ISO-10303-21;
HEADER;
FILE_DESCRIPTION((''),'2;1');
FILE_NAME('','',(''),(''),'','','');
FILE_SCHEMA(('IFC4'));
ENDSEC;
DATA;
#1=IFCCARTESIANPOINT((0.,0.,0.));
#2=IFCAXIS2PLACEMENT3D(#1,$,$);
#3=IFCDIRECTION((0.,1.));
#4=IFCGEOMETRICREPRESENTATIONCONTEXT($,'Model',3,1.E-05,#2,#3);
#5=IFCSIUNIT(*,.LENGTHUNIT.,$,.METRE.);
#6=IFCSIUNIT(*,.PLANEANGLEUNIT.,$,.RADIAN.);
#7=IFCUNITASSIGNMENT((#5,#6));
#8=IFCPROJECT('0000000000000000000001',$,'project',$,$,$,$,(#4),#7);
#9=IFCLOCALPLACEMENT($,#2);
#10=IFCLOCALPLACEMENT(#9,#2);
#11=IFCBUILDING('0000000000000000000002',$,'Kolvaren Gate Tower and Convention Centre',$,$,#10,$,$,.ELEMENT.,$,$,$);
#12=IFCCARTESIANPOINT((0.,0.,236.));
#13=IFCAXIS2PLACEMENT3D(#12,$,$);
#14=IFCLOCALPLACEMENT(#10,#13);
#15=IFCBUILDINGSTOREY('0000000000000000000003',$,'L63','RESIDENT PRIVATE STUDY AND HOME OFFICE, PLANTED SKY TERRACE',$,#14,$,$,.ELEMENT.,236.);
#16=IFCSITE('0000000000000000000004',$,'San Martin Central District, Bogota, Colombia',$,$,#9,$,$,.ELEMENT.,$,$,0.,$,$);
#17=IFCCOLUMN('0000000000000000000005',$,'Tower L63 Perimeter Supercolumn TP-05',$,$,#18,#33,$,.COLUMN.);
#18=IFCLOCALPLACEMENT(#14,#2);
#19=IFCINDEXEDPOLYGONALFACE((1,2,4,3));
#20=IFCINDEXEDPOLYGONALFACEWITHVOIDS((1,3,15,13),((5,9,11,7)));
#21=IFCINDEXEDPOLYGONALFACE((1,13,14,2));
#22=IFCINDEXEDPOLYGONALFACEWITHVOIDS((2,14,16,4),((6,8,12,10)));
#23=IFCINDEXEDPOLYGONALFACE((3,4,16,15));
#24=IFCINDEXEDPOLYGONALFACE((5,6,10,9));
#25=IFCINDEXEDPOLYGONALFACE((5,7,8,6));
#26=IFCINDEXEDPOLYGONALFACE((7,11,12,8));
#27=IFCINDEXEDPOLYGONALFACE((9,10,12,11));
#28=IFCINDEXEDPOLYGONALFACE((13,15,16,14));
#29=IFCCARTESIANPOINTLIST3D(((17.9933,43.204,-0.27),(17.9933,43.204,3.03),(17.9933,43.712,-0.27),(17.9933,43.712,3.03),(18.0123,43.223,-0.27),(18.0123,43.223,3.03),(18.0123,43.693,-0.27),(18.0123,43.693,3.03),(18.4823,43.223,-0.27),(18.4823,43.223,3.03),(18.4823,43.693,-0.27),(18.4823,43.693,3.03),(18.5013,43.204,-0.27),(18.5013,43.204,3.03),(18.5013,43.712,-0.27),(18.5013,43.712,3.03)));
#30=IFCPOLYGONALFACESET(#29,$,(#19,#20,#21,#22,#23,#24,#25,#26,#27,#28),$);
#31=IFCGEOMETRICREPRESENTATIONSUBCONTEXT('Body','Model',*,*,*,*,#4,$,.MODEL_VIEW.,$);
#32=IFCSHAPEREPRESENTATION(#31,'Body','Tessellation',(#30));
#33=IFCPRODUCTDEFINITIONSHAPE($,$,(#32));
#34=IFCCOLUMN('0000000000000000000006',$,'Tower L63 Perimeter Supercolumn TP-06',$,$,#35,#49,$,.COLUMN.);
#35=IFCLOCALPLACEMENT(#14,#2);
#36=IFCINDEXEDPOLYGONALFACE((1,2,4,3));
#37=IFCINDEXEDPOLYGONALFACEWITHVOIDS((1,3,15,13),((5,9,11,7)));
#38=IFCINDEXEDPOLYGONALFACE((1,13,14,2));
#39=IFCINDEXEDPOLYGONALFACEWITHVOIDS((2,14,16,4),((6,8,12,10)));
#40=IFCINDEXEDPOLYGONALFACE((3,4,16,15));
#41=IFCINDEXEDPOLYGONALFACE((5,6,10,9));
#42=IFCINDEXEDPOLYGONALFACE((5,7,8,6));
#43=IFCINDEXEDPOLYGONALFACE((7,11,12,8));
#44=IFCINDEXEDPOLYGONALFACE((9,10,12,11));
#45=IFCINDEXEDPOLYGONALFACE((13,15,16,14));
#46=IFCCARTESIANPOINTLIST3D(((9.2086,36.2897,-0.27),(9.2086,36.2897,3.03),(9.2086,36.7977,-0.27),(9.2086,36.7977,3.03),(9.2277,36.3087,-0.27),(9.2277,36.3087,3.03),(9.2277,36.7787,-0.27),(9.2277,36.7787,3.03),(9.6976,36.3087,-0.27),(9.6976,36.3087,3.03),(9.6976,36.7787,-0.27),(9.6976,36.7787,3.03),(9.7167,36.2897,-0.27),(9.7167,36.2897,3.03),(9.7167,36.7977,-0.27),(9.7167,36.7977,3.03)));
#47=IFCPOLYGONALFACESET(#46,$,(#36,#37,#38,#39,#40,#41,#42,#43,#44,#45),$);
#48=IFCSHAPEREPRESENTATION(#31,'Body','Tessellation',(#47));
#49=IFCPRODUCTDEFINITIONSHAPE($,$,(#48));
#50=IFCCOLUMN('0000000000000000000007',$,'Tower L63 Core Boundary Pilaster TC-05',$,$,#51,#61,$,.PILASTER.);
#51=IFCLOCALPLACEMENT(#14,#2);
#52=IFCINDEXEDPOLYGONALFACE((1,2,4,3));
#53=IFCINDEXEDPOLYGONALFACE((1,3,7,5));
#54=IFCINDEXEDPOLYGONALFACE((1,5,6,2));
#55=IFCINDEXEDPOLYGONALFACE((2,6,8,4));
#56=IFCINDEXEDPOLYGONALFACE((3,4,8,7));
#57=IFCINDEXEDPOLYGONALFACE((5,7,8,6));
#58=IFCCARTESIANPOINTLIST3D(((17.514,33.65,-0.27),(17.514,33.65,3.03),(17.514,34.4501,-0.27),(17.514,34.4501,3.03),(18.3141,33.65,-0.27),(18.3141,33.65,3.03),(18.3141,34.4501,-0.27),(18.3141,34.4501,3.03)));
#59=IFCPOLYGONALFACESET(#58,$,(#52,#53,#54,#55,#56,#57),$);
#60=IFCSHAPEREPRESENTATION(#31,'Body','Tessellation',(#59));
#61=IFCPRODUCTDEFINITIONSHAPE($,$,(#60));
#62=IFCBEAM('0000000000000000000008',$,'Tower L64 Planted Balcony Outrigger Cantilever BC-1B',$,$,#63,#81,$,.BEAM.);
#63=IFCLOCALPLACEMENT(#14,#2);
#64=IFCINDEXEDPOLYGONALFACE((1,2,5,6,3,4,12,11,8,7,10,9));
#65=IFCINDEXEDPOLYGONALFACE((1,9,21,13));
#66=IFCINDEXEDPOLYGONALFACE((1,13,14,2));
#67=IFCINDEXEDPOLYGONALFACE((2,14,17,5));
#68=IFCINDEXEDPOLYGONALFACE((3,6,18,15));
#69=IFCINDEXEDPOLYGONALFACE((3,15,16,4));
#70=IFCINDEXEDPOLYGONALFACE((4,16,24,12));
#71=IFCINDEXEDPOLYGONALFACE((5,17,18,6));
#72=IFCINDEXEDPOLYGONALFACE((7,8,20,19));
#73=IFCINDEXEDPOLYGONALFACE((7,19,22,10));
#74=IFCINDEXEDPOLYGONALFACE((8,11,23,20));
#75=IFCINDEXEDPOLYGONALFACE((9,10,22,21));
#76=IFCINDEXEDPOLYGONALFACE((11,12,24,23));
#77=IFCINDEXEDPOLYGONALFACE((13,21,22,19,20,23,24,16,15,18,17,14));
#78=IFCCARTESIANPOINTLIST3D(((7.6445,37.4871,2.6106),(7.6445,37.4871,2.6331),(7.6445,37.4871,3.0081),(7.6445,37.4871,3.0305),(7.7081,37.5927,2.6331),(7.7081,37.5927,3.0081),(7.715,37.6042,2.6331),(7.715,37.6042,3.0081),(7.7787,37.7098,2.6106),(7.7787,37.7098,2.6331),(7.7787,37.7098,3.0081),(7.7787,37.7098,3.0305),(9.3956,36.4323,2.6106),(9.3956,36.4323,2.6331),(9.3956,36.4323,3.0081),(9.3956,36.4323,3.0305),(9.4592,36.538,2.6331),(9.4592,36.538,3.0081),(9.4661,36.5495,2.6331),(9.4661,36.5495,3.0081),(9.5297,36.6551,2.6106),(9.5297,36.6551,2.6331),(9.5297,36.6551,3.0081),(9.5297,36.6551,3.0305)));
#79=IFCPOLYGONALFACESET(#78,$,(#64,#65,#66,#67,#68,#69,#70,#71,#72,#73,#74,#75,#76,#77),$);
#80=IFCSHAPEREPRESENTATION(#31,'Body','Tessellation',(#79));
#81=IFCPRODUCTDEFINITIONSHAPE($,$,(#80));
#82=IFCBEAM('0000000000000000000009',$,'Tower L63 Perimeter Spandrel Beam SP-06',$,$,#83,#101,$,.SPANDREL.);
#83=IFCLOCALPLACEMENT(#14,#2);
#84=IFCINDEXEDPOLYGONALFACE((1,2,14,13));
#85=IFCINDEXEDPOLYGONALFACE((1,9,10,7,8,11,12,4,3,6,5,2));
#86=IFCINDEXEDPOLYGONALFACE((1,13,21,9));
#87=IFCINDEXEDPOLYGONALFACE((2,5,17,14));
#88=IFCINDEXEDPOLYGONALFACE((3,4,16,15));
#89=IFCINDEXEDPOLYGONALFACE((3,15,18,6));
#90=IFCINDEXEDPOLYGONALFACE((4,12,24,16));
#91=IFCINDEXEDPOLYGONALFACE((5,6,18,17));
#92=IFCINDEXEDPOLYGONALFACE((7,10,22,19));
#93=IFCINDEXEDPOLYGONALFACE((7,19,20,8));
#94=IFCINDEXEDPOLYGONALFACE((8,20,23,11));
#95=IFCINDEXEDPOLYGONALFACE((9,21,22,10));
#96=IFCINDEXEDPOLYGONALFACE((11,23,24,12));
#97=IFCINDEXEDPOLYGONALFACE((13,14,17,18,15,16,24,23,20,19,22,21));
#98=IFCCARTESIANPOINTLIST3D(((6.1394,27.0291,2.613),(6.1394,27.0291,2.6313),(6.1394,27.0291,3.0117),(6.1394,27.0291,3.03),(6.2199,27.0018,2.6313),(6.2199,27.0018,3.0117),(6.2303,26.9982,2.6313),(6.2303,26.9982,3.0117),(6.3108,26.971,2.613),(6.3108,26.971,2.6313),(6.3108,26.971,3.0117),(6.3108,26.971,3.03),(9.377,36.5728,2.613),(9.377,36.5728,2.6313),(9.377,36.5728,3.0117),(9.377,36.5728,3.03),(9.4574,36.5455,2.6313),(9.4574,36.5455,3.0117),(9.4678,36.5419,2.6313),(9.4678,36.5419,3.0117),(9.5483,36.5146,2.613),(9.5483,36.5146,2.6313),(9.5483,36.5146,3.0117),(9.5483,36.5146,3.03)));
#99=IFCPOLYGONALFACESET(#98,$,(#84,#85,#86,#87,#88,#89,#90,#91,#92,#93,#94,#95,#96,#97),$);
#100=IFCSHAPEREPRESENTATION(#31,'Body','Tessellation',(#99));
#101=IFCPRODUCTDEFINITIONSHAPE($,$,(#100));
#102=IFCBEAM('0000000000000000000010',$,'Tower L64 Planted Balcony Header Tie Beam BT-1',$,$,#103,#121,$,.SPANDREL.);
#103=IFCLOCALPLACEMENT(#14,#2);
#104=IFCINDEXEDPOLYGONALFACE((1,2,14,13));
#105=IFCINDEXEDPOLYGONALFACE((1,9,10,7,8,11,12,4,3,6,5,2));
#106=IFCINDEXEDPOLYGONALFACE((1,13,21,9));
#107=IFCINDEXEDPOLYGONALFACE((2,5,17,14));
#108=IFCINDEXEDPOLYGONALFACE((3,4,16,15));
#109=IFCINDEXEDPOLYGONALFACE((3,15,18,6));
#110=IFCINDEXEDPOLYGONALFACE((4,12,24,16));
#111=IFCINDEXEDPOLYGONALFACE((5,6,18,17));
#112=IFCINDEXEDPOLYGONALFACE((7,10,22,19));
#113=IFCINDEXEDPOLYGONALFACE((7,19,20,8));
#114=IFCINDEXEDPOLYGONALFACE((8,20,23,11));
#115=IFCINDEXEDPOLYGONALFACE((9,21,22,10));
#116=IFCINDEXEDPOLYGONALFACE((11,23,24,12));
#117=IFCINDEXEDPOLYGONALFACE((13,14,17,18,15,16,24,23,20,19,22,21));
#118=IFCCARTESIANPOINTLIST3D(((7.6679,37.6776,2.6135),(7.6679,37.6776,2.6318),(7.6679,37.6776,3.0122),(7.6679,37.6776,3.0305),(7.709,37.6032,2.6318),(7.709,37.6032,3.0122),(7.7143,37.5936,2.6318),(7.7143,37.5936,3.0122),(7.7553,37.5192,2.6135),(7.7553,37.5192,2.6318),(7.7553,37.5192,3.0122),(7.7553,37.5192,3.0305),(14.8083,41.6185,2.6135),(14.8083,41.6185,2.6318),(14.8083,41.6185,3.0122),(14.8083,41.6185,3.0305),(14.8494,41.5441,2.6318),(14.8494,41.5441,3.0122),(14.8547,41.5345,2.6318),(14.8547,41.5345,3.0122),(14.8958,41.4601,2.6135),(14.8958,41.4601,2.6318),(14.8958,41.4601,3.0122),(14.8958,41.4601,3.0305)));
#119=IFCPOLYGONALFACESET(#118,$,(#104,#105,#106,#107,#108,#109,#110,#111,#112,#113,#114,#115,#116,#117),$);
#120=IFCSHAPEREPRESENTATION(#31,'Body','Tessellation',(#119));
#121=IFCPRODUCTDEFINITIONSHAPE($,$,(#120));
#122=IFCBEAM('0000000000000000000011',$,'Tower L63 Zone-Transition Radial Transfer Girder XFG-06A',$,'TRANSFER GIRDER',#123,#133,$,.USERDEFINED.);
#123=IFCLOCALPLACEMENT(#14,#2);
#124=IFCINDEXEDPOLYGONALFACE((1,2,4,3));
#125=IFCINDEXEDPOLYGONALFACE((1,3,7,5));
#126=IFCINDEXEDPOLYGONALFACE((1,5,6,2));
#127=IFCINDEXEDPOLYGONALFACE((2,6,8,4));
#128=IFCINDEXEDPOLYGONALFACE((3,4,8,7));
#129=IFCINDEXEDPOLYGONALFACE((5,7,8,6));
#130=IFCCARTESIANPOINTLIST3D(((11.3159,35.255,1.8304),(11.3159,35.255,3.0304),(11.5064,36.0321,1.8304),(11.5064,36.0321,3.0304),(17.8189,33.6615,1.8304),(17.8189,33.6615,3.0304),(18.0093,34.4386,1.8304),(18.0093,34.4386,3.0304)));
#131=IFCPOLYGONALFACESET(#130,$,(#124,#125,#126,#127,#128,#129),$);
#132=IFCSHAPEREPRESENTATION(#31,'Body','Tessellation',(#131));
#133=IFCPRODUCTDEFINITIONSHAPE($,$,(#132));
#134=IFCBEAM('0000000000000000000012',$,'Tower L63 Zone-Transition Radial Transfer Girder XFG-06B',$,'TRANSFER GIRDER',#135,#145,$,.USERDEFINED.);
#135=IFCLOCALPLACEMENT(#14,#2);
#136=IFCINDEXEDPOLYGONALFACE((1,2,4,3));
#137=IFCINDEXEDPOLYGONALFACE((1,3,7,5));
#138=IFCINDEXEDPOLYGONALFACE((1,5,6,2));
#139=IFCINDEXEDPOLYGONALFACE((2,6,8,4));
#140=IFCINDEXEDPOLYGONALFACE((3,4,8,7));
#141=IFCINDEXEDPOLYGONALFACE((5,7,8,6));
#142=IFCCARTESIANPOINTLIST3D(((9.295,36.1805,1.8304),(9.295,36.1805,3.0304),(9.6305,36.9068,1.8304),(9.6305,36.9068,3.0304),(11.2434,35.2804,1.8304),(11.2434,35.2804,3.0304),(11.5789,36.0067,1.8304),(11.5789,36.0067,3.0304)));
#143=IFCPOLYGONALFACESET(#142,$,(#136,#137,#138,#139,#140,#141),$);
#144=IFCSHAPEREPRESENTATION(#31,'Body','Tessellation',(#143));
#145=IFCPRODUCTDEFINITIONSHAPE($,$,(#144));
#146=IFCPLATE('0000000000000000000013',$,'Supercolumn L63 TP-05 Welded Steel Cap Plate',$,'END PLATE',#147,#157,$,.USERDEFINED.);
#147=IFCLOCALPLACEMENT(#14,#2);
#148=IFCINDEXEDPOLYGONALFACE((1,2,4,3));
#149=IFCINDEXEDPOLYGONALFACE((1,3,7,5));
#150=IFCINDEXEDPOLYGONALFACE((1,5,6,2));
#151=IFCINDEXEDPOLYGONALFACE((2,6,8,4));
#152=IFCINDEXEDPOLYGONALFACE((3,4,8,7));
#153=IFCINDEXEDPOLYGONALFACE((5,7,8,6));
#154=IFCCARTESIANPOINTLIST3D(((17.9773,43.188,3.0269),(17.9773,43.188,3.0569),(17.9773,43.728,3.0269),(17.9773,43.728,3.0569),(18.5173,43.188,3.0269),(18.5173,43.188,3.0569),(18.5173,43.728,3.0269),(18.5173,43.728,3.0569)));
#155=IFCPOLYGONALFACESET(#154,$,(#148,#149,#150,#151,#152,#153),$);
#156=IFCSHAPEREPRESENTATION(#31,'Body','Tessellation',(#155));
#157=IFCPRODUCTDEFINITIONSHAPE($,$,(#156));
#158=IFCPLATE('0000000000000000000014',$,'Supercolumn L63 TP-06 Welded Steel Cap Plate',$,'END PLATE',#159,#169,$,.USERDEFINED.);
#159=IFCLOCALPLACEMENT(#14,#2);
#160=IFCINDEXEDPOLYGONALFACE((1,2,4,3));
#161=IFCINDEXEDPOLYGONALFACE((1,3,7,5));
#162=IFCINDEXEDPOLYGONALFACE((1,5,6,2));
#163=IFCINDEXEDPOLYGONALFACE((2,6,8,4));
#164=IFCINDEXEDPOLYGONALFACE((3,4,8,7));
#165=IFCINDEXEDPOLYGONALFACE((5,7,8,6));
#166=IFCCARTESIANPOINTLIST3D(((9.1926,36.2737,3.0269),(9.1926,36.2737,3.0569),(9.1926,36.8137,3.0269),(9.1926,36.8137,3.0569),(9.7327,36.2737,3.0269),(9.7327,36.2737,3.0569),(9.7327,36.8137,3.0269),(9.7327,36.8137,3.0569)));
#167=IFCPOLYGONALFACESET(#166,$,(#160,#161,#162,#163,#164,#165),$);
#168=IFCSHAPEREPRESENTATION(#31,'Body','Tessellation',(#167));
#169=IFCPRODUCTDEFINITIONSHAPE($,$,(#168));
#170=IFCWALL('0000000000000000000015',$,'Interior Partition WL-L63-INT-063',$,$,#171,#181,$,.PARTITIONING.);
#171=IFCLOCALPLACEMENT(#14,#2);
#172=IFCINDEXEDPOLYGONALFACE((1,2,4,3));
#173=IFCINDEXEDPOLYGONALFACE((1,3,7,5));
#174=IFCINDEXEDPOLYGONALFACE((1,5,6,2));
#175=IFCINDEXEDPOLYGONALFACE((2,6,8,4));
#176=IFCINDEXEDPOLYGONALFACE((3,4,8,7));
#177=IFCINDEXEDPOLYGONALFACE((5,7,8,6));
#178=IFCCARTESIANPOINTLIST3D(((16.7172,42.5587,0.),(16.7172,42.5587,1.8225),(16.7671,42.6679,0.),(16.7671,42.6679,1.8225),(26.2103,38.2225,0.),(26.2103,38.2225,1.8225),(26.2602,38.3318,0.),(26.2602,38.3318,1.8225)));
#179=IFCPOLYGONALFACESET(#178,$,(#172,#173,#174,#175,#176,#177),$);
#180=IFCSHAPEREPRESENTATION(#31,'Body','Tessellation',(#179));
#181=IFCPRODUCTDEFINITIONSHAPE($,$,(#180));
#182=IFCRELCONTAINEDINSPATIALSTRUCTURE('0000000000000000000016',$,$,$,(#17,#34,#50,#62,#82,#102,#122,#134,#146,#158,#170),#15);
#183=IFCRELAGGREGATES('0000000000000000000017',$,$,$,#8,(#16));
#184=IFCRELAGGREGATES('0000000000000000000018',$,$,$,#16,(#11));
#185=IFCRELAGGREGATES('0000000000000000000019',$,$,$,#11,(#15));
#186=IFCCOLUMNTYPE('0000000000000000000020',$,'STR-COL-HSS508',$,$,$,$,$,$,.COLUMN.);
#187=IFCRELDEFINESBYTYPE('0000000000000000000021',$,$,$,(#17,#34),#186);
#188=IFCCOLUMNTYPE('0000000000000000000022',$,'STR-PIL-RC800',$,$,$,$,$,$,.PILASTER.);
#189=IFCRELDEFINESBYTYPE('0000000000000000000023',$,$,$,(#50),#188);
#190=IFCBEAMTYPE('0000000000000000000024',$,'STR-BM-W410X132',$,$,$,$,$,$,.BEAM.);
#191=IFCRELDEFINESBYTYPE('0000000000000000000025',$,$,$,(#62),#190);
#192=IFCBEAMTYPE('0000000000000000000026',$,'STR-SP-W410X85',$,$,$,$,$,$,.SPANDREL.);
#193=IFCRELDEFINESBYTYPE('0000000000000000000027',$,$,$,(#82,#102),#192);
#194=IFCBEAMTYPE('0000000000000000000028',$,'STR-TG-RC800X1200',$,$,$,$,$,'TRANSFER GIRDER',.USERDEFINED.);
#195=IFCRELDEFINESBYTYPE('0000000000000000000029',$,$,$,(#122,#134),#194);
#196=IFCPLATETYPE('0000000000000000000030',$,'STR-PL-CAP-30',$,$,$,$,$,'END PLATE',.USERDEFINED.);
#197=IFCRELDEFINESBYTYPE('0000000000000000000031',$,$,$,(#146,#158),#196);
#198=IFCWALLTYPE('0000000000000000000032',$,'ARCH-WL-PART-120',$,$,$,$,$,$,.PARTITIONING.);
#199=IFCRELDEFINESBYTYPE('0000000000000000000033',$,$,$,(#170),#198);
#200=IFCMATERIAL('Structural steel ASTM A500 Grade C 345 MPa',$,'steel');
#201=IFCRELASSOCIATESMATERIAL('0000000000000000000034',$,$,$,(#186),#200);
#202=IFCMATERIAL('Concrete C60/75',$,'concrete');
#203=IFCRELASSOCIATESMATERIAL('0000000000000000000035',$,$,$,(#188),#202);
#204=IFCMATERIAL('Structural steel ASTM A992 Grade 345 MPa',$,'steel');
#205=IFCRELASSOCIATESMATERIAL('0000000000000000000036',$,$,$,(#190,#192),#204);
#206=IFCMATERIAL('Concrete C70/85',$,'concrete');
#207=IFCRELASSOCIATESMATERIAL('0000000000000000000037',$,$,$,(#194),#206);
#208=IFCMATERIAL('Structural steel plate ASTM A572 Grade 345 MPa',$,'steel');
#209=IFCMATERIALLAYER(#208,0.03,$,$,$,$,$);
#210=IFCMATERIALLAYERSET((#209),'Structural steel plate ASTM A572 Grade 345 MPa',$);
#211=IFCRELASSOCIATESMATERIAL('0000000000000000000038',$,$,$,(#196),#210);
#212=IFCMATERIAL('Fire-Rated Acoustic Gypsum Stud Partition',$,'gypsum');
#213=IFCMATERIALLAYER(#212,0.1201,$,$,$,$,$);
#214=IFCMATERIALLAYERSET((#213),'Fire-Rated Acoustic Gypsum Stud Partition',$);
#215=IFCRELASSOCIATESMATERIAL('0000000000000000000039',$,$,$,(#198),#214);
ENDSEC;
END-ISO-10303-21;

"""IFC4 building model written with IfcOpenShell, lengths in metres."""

from ifc_helpers import new_model, si_unit, direction, frame, frame_2d, origin, origin_2d, place, context, subcontext, project, spatial, rectangle, hollow_rectangle, i_section, extrude, material, layer, layer_set, material_profile, profile_set, type_object, element, save


model = new_model("IFC4")

# Units and contexts
model_context = context("Model", 3, precision=1e-05, world=origin(), true_north=direction((0.0, 1.0)))
body_context = subcontext(model_context, "Body", "Model", "MODEL_VIEW")
ifc_project = project(units=[si_unit("LENGTHUNIT", "METRE"), si_unit("PLANEANGLEUNIT", "RADIAN")], contexts=[model_context])

# Site, building, storey
site_placement = place(None, origin())
site = spatial("IfcSite", under=ifc_project, at=site_placement, Name="San Martin Central District, Bogota, Colombia", CompositionType="ELEMENT", RefElevation=0.0)
building_placement = place(site_placement, origin())
building = spatial("IfcBuilding", under=site, at=building_placement, Name="Kolvaren Gate Tower and Convention Centre", CompositionType="ELEMENT")
storey_placement = place(building_placement, frame((0.0, 0.0, 236.0)))
storey = spatial("IfcBuildingStorey", under=building, at=storey_placement, Name="L63", Description="RESIDENT PRIVATE STUDY AND HOME OFFICE, PLANTED SKY TERRACE", CompositionType="ELEMENT", Elevation=236.0)

# Columns
ifc_material_1 = material(Name="Structural steel ASTM A500 Grade C 345 MPa", Category="steel")
ifc_material_profile_1 = material_profile(ifc_material_1, hollow_rectangle(XDim=0.5081, YDim=0.5081, WallThickness=0.019, at=origin_2d()), Name="HSS508X508X19.1")
ifc_profile_set_1 = profile_set([ifc_material_profile_1], Name="Structural steel ASTM A500 Grade C 345 MPa")
column_type_1 = type_object("IfcColumnType", Name="STR-COL-HSS508", PredefinedType="COLUMN", material=ifc_profile_set_1)
for number, where, z_axis, x_axis, name in (
    (1, (18.2473, 43.458, -0.27), (0.0, 0.0, 1.0), (1.0, 0.0, 0.0), "Tower L63 Perimeter Supercolumn TP-05"),
    (2, (9.4626, 36.5437, -0.27), (0.0, 0.0, 1.0), (1.0, 0.0, 0.0), "Tower L63 Perimeter Supercolumn TP-06"),
):
    element("IfcColumn", number, at=place(storey_placement, frame(where, z_axis=z_axis, x_axis=x_axis)), inside=storey, type_object=column_type_1, Name=name, PredefinedType="COLUMN", context=body_context, shape_type="SweptSolid", body=[
        extrude(hollow_rectangle(XDim=0.5081, YDim=0.5081, WallThickness=0.019, at=origin_2d()), origin(), (0.0, 0.0, 1.0), 3.3),
    ])
ifc_material_2 = material(Name="Concrete C60/75", Category="concrete")
ifc_material_profile_2 = material_profile(ifc_material_2, rectangle(XDim=0.8, YDim=0.8, at=origin_2d()), Name="RC-COL-800X800")
ifc_profile_set_2 = profile_set([ifc_material_profile_2], Name="Concrete C60/75")
column_type_2 = type_object("IfcColumnType", Name="STR-PIL-RC800", PredefinedType="PILASTER", material=ifc_profile_set_2)
column_placement = place(storey_placement, frame((17.9141, 34.05, -0.27), z_axis=(0.0, 0.0, 1.0), x_axis=(1.0, 0.0, 0.0)))
element("IfcColumn", 3, at=column_placement, inside=storey, type_object=column_type_2, Name="Tower L63 Core Boundary Pilaster TC-05", PredefinedType="PILASTER", context=body_context, shape_type="SweptSolid", body=[
    extrude(rectangle(XDim=0.8, YDim=0.8, at=origin_2d()), origin(), (0.0, 0.0, 1.0), 3.3),
])

# Beams
ifc_material_3 = material(Name="Structural steel ASTM A992 Grade 345 MPa", Category="steel")
ifc_material_profile_3 = material_profile(ifc_material_3, i_section(OverallWidth=0.26, OverallDepth=0.4199, WebThickness=0.0134, FlangeThickness=0.0225, at=origin_2d()), Name="W410X132")
ifc_profile_set_3 = profile_set([ifc_material_profile_3], Name="Structural steel ASTM A992 Grade 345 MPa")
beam_type_1 = type_object("IfcBeamType", Name="STR-BM-W410X132", PredefinedType="BEAM", material=ifc_profile_set_3)
beam_1_placement = place(storey_placement, frame((9.4626, 36.5437, 2.8206), z_axis=(-0.856606, 0.51597, 0.0), x_axis=(-0.51597, -0.856606, 0.0)))
element("IfcBeam", 4, at=beam_1_placement, inside=storey, type_object=beam_type_1, Name="Tower L64 Planted Balcony Outrigger Cantilever BC-1B", PredefinedType="BEAM", context=body_context, shape_type="SweptSolid", body=[
    extrude(i_section(OverallWidth=0.26, OverallDepth=0.4199, WebThickness=0.0134, FlangeThickness=0.0225, at=origin_2d()), origin(), (0.0, 0.0, 1.0), 2.0442),
])
ifc_material_profile_4 = material_profile(ifc_material_3, i_section(OverallWidth=0.1809, OverallDepth=0.417, WebThickness=0.011, FlangeThickness=0.0183, at=origin_2d()), Name="W410X85")
ifc_profile_set_4 = profile_set([ifc_material_profile_4], Name="Structural steel ASTM A992 Grade 345 MPa")
beam_type_2 = type_object("IfcBeamType", Name="STR-SP-W410X85", PredefinedType="SPANDREL", material=ifc_profile_set_4)
beam_2_placement = place(storey_placement, frame((9.4626, 36.5437, 2.8215), z_axis=(-0.321253, -0.946994, 0.0), x_axis=(0.946994, -0.321253, 0.0)))
element("IfcBeam", 5, at=beam_2_placement, inside=storey, type_object=beam_type_2, Name="Tower L63 Perimeter Spandrel Beam SP-06", PredefinedType="SPANDREL", context=body_context, shape_type="SweptSolid", body=[
    extrude(i_section(OverallWidth=0.1809, OverallDepth=0.417, WebThickness=0.011, FlangeThickness=0.0183, at=origin_2d()), origin(), (0.0, 0.0, 1.0), 10.0779),
])
beam_3_placement = place(storey_placement, frame((14.8521, 41.5393, 2.822), z_axis=(-0.875505, -0.483209, 0.0), x_axis=(0.483209, -0.875505, 0.0)))
element("IfcBeam", 6, at=beam_3_placement, inside=storey, type_object=beam_type_2, Name="Tower L64 Planted Balcony Header Tie Beam BT-1", PredefinedType="SPANDREL", context=body_context, shape_type="SweptSolid", body=[
    extrude(i_section(OverallWidth=0.1809, OverallDepth=0.417, WebThickness=0.011, FlangeThickness=0.0183, at=origin_2d()), origin(), (0.0, 0.0, 1.0), 8.1558),
])
ifc_material_4 = material(Name="Concrete C70/85", Category="concrete")
ifc_material_profile_5 = material_profile(ifc_material_4, rectangle(XDim=0.8, YDim=1.2, at=origin_2d()), Name="RC-BM-800X1200")
ifc_profile_set_5 = profile_set([ifc_material_profile_5], Name="Concrete C70/85")
beam_type_3 = type_object("IfcBeamType", Name="STR-TG-RC800X1200", ElementType="TRANSFER GIRDER", PredefinedType="USERDEFINED", material=ifc_profile_set_5)
beam_4_placement = place(storey_placement, frame((17.9141, 34.05, 2.4304), z_axis=(-0.971264, 0.238003, 0.0), x_axis=(-0.238003, -0.971264, 0.0)))
element("IfcBeam", 7, at=beam_4_placement, inside=storey, type_object=beam_type_3, Name="Tower L63 Zone-Transition Radial Transfer Girder XFG-06A", ObjectType="TRANSFER GIRDER", PredefinedType="USERDEFINED", context=body_context, shape_type="SweptSolid", body=[
    extrude(rectangle(XDim=0.8, YDim=1.2, at=origin_2d()), origin(), (0.0, 0.0, 1.0), 6.6953),
])
beam_5_placement = place(storey_placement, frame((11.4111, 35.6436, 2.4304), z_axis=(-0.90781, 0.419383, 0.0), x_axis=(-0.419383, -0.90781, 0.0)))
element("IfcBeam", 8, at=beam_5_placement, inside=storey, type_object=beam_type_3, Name="Tower L63 Zone-Transition Radial Transfer Girder XFG-06B", ObjectType="TRANSFER GIRDER", PredefinedType="USERDEFINED", context=body_context, shape_type="SweptSolid", body=[
    extrude(rectangle(XDim=0.8, YDim=1.2, at=origin_2d()), origin(), (0.0, 0.0, 1.0), 2.1462),
])

# Plates
ifc_material_5 = material(Name="Structural steel plate ASTM A572 Grade 345 MPa", Category="steel")
ifc_layer_1 = layer(ifc_material_5, 0.03)
ifc_layer_set_1 = layer_set([ifc_layer_1], Name="Structural steel plate ASTM A572 Grade 345 MPa")
plate_type = type_object("IfcPlateType", Name="STR-PL-CAP-30", ElementType="END PLATE", PredefinedType="USERDEFINED", material=ifc_layer_set_1)
for number, where, z_axis, x_axis, name in (
    (9, (18.2473, 43.458, 3.0269), (0.0, 0.0, 1.0), (1.0, 0.0, 0.0), "Supercolumn L63 TP-05 Welded Steel Cap Plate"),
    (10, (9.4626, 36.5437, 3.0269), (0.0, 0.0, 1.0), (1.0, 0.0, 0.0), "Supercolumn L63 TP-06 Welded Steel Cap Plate"),
):
    element("IfcPlate", number, at=place(storey_placement, frame(where, z_axis=z_axis, x_axis=x_axis)), inside=storey, type_object=plate_type, Name=name, ObjectType="END PLATE", PredefinedType="USERDEFINED", context=body_context, shape_type="SweptSolid", body=[
        extrude(rectangle(XDim=0.54, YDim=0.54, at=origin_2d()), origin(), (0.0, 0.0, 1.0), 0.03),
    ])

# Wall
ifc_material_6 = material(Name="Fire-Rated Acoustic Gypsum Stud Partition", Category="gypsum")
ifc_layer_2 = layer(ifc_material_6, 0.1201)
ifc_layer_set_2 = layer_set([ifc_layer_2], Name="Fire-Rated Acoustic Gypsum Stud Partition")
wall_type_1 = type_object("IfcWallType", Name="ARCH-WL-PART-120", PredefinedType="PARTITIONING", material=ifc_layer_set_2)
wall_1_placement = place(storey_placement, frame((16.7422, 42.6133, 0.0), z_axis=(0.0, 0.0, 1.0), x_axis=(0.909603, -0.415478, 0.0)))
element("IfcWall", 11, at=wall_1_placement, inside=storey, type_object=wall_type_1, Name="Interior Partition WL-L63-INT-063", PredefinedType="PARTITIONING", context=body_context, shape_type="SweptSolid", body=[
    extrude(rectangle(XDim=10.4365, YDim=0.1201, at=frame_2d((5.2183, 0.0))), origin(), (0.0, 0.0, 1.0), 1.8225),
])

save(model, "model.ifc")
